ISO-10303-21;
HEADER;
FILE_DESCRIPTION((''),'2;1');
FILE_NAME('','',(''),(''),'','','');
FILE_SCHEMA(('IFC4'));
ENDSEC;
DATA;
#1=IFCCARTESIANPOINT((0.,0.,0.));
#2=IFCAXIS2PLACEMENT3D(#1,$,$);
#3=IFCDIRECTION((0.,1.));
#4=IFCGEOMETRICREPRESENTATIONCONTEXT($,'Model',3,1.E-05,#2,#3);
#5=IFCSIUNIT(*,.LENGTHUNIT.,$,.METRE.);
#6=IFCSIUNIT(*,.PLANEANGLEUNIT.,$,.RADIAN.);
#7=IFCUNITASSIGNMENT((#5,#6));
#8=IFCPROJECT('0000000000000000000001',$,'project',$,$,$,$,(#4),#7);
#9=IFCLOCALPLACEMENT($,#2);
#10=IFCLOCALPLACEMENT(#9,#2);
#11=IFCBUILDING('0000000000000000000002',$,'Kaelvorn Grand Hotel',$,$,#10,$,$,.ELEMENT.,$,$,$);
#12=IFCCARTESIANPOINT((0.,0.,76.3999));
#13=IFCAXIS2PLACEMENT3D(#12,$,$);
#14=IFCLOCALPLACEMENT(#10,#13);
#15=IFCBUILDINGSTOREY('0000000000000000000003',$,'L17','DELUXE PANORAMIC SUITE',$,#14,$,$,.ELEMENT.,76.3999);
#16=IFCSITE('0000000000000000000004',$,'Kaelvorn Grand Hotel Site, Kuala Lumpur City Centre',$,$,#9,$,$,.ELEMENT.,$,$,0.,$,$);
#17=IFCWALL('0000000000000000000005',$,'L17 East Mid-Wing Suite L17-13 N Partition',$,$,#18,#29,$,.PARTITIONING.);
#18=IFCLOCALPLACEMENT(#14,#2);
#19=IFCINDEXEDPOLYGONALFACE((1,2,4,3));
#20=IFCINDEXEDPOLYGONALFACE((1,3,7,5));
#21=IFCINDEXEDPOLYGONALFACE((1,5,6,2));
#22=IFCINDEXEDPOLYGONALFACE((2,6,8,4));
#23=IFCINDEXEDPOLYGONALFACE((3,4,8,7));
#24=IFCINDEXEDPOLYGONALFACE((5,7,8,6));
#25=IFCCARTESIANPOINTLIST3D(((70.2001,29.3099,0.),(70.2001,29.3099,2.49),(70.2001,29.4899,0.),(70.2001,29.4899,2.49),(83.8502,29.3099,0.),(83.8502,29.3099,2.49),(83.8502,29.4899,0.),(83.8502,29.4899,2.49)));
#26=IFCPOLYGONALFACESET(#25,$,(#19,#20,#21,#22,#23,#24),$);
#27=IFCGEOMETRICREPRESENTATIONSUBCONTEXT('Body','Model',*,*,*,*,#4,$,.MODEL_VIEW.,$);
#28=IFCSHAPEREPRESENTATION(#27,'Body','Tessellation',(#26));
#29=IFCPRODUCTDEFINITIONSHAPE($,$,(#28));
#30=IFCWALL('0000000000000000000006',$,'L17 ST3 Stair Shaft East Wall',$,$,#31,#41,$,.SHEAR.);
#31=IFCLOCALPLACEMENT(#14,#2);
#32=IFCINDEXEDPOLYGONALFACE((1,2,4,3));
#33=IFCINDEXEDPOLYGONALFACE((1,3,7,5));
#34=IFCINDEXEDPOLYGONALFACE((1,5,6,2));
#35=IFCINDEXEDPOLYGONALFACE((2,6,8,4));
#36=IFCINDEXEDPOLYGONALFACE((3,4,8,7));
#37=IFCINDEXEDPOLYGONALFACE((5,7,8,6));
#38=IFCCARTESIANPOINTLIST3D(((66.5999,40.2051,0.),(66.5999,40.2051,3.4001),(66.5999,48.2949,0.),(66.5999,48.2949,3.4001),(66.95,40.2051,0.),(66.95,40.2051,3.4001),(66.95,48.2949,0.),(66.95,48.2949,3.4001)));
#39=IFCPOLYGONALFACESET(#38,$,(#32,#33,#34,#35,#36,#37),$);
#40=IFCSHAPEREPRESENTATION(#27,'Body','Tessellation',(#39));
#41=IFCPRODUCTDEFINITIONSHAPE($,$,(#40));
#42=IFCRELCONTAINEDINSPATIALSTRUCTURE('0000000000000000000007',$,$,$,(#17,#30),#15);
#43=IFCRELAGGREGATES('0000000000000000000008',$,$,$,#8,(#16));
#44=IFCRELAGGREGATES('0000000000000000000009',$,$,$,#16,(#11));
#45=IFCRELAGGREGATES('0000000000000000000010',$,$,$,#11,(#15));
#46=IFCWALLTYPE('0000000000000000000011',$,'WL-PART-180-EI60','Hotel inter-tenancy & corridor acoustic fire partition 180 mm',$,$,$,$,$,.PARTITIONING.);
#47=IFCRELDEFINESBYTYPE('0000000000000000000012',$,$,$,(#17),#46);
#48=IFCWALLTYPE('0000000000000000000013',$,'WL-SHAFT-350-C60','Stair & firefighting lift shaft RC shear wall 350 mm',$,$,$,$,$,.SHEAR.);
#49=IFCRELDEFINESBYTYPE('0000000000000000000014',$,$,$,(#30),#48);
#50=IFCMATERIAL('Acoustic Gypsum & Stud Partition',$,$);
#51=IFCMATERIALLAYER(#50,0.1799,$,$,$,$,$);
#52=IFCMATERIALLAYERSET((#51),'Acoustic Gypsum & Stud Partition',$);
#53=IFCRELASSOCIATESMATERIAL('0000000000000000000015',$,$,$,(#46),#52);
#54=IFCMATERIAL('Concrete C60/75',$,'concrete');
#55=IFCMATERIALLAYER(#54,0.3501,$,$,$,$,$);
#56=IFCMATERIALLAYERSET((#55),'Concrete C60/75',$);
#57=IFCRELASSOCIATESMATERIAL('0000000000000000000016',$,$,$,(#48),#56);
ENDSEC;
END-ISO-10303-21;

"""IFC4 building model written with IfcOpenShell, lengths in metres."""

from ifc_helpers import new_model, si_unit, direction, frame, frame_2d, origin, place, context, subcontext, project, spatial, rectangle, extrude, material, layer, layer_set, type_object, element, save


model = new_model("IFC4")

# Units and contexts
model_context = context("Model", 3, precision=1e-05, world=origin(), true_north=direction((0.0, 1.0)))
body_context = subcontext(model_context, "Body", "Model", "MODEL_VIEW")
ifc_project = project(units=[si_unit("LENGTHUNIT", "METRE"), si_unit("PLANEANGLEUNIT", "RADIAN")], contexts=[model_context])

# Site, building, storey
site_placement = place(None, origin())
site = spatial("IfcSite", under=ifc_project, at=site_placement, Name="Kaelvorn Grand Hotel Site, Kuala Lumpur City Centre", CompositionType="ELEMENT", RefElevation=0.0)
building_placement = place(site_placement, origin())
building = spatial("IfcBuilding", under=site, at=building_placement, Name="Kaelvorn Grand Hotel", CompositionType="ELEMENT")
storey_placement = place(building_placement, frame((0.0, 0.0, 76.3999)))
storey = spatial("IfcBuildingStorey", under=building, at=storey_placement, Name="L17", Description="DELUXE PANORAMIC SUITE", CompositionType="ELEMENT", Elevation=76.3999)

# Shared definitions
ifc_material_1 = material(Name="Concrete C60/75", Category="concrete")

# Shared definitions
ifc_material_2 = material(Name="Acoustic Gypsum & Stud Partition")

# Walls
ifc_layer_1 = layer(ifc_material_2, 0.1799)
ifc_layer_set_1 = layer_set([ifc_layer_1], Name="Acoustic Gypsum & Stud Partition")
wall_type_1 = type_object("IfcWallType", Name="WL-PART-180-EI60", Description="Hotel inter-tenancy & corridor acoustic fire partition 180 mm", PredefinedType="PARTITIONING", material=ifc_layer_set_1)
wall_1_placement = place(storey_placement, frame((70.2, 29.3999, 0.0), z_axis=(0.0, 0.0, 1.0), x_axis=(1.0, 0.0, 0.0)))
element("IfcWall", 1, at=wall_1_placement, inside=storey, type_object=wall_type_1, Name="L17 East Mid-Wing Suite L17-13 N Partition", PredefinedType="PARTITIONING", context=body_context, shape_type="SweptSolid", body=[
    extrude(rectangle(XDim=13.6501, YDim=0.1799, at=frame_2d((6.8252, 0.0))), origin(), (0.0, 0.0, 1.0), 2.49),
])
ifc_layer_2 = layer(ifc_material_1, 0.3501)
ifc_layer_set_2 = layer_set([ifc_layer_2], Name="Concrete C60/75")
wall_type_2 = type_object("IfcWallType", Name="WL-SHAFT-350-C60", Description="Stair & firefighting lift shaft RC shear wall 350 mm", PredefinedType="SHEAR", material=ifc_layer_set_2)
wall_2_placement = place(storey_placement, frame((66.7749, 40.2051, 0.0), z_axis=(0.0, 0.0, 1.0), x_axis=(0.0, 1.0, 0.0)))
element("IfcWall", 2, at=wall_2_placement, inside=storey, type_object=wall_type_2, Name="L17 ST3 Stair Shaft East Wall", PredefinedType="SHEAR", context=body_context, shape_type="SweptSolid", body=[
    extrude(rectangle(XDim=8.0898, YDim=0.3501, at=frame_2d((4.0449, 0.0))), origin(), (0.0, 0.0, 1.0), 3.4001),
])

save(model, "model.ifc")
